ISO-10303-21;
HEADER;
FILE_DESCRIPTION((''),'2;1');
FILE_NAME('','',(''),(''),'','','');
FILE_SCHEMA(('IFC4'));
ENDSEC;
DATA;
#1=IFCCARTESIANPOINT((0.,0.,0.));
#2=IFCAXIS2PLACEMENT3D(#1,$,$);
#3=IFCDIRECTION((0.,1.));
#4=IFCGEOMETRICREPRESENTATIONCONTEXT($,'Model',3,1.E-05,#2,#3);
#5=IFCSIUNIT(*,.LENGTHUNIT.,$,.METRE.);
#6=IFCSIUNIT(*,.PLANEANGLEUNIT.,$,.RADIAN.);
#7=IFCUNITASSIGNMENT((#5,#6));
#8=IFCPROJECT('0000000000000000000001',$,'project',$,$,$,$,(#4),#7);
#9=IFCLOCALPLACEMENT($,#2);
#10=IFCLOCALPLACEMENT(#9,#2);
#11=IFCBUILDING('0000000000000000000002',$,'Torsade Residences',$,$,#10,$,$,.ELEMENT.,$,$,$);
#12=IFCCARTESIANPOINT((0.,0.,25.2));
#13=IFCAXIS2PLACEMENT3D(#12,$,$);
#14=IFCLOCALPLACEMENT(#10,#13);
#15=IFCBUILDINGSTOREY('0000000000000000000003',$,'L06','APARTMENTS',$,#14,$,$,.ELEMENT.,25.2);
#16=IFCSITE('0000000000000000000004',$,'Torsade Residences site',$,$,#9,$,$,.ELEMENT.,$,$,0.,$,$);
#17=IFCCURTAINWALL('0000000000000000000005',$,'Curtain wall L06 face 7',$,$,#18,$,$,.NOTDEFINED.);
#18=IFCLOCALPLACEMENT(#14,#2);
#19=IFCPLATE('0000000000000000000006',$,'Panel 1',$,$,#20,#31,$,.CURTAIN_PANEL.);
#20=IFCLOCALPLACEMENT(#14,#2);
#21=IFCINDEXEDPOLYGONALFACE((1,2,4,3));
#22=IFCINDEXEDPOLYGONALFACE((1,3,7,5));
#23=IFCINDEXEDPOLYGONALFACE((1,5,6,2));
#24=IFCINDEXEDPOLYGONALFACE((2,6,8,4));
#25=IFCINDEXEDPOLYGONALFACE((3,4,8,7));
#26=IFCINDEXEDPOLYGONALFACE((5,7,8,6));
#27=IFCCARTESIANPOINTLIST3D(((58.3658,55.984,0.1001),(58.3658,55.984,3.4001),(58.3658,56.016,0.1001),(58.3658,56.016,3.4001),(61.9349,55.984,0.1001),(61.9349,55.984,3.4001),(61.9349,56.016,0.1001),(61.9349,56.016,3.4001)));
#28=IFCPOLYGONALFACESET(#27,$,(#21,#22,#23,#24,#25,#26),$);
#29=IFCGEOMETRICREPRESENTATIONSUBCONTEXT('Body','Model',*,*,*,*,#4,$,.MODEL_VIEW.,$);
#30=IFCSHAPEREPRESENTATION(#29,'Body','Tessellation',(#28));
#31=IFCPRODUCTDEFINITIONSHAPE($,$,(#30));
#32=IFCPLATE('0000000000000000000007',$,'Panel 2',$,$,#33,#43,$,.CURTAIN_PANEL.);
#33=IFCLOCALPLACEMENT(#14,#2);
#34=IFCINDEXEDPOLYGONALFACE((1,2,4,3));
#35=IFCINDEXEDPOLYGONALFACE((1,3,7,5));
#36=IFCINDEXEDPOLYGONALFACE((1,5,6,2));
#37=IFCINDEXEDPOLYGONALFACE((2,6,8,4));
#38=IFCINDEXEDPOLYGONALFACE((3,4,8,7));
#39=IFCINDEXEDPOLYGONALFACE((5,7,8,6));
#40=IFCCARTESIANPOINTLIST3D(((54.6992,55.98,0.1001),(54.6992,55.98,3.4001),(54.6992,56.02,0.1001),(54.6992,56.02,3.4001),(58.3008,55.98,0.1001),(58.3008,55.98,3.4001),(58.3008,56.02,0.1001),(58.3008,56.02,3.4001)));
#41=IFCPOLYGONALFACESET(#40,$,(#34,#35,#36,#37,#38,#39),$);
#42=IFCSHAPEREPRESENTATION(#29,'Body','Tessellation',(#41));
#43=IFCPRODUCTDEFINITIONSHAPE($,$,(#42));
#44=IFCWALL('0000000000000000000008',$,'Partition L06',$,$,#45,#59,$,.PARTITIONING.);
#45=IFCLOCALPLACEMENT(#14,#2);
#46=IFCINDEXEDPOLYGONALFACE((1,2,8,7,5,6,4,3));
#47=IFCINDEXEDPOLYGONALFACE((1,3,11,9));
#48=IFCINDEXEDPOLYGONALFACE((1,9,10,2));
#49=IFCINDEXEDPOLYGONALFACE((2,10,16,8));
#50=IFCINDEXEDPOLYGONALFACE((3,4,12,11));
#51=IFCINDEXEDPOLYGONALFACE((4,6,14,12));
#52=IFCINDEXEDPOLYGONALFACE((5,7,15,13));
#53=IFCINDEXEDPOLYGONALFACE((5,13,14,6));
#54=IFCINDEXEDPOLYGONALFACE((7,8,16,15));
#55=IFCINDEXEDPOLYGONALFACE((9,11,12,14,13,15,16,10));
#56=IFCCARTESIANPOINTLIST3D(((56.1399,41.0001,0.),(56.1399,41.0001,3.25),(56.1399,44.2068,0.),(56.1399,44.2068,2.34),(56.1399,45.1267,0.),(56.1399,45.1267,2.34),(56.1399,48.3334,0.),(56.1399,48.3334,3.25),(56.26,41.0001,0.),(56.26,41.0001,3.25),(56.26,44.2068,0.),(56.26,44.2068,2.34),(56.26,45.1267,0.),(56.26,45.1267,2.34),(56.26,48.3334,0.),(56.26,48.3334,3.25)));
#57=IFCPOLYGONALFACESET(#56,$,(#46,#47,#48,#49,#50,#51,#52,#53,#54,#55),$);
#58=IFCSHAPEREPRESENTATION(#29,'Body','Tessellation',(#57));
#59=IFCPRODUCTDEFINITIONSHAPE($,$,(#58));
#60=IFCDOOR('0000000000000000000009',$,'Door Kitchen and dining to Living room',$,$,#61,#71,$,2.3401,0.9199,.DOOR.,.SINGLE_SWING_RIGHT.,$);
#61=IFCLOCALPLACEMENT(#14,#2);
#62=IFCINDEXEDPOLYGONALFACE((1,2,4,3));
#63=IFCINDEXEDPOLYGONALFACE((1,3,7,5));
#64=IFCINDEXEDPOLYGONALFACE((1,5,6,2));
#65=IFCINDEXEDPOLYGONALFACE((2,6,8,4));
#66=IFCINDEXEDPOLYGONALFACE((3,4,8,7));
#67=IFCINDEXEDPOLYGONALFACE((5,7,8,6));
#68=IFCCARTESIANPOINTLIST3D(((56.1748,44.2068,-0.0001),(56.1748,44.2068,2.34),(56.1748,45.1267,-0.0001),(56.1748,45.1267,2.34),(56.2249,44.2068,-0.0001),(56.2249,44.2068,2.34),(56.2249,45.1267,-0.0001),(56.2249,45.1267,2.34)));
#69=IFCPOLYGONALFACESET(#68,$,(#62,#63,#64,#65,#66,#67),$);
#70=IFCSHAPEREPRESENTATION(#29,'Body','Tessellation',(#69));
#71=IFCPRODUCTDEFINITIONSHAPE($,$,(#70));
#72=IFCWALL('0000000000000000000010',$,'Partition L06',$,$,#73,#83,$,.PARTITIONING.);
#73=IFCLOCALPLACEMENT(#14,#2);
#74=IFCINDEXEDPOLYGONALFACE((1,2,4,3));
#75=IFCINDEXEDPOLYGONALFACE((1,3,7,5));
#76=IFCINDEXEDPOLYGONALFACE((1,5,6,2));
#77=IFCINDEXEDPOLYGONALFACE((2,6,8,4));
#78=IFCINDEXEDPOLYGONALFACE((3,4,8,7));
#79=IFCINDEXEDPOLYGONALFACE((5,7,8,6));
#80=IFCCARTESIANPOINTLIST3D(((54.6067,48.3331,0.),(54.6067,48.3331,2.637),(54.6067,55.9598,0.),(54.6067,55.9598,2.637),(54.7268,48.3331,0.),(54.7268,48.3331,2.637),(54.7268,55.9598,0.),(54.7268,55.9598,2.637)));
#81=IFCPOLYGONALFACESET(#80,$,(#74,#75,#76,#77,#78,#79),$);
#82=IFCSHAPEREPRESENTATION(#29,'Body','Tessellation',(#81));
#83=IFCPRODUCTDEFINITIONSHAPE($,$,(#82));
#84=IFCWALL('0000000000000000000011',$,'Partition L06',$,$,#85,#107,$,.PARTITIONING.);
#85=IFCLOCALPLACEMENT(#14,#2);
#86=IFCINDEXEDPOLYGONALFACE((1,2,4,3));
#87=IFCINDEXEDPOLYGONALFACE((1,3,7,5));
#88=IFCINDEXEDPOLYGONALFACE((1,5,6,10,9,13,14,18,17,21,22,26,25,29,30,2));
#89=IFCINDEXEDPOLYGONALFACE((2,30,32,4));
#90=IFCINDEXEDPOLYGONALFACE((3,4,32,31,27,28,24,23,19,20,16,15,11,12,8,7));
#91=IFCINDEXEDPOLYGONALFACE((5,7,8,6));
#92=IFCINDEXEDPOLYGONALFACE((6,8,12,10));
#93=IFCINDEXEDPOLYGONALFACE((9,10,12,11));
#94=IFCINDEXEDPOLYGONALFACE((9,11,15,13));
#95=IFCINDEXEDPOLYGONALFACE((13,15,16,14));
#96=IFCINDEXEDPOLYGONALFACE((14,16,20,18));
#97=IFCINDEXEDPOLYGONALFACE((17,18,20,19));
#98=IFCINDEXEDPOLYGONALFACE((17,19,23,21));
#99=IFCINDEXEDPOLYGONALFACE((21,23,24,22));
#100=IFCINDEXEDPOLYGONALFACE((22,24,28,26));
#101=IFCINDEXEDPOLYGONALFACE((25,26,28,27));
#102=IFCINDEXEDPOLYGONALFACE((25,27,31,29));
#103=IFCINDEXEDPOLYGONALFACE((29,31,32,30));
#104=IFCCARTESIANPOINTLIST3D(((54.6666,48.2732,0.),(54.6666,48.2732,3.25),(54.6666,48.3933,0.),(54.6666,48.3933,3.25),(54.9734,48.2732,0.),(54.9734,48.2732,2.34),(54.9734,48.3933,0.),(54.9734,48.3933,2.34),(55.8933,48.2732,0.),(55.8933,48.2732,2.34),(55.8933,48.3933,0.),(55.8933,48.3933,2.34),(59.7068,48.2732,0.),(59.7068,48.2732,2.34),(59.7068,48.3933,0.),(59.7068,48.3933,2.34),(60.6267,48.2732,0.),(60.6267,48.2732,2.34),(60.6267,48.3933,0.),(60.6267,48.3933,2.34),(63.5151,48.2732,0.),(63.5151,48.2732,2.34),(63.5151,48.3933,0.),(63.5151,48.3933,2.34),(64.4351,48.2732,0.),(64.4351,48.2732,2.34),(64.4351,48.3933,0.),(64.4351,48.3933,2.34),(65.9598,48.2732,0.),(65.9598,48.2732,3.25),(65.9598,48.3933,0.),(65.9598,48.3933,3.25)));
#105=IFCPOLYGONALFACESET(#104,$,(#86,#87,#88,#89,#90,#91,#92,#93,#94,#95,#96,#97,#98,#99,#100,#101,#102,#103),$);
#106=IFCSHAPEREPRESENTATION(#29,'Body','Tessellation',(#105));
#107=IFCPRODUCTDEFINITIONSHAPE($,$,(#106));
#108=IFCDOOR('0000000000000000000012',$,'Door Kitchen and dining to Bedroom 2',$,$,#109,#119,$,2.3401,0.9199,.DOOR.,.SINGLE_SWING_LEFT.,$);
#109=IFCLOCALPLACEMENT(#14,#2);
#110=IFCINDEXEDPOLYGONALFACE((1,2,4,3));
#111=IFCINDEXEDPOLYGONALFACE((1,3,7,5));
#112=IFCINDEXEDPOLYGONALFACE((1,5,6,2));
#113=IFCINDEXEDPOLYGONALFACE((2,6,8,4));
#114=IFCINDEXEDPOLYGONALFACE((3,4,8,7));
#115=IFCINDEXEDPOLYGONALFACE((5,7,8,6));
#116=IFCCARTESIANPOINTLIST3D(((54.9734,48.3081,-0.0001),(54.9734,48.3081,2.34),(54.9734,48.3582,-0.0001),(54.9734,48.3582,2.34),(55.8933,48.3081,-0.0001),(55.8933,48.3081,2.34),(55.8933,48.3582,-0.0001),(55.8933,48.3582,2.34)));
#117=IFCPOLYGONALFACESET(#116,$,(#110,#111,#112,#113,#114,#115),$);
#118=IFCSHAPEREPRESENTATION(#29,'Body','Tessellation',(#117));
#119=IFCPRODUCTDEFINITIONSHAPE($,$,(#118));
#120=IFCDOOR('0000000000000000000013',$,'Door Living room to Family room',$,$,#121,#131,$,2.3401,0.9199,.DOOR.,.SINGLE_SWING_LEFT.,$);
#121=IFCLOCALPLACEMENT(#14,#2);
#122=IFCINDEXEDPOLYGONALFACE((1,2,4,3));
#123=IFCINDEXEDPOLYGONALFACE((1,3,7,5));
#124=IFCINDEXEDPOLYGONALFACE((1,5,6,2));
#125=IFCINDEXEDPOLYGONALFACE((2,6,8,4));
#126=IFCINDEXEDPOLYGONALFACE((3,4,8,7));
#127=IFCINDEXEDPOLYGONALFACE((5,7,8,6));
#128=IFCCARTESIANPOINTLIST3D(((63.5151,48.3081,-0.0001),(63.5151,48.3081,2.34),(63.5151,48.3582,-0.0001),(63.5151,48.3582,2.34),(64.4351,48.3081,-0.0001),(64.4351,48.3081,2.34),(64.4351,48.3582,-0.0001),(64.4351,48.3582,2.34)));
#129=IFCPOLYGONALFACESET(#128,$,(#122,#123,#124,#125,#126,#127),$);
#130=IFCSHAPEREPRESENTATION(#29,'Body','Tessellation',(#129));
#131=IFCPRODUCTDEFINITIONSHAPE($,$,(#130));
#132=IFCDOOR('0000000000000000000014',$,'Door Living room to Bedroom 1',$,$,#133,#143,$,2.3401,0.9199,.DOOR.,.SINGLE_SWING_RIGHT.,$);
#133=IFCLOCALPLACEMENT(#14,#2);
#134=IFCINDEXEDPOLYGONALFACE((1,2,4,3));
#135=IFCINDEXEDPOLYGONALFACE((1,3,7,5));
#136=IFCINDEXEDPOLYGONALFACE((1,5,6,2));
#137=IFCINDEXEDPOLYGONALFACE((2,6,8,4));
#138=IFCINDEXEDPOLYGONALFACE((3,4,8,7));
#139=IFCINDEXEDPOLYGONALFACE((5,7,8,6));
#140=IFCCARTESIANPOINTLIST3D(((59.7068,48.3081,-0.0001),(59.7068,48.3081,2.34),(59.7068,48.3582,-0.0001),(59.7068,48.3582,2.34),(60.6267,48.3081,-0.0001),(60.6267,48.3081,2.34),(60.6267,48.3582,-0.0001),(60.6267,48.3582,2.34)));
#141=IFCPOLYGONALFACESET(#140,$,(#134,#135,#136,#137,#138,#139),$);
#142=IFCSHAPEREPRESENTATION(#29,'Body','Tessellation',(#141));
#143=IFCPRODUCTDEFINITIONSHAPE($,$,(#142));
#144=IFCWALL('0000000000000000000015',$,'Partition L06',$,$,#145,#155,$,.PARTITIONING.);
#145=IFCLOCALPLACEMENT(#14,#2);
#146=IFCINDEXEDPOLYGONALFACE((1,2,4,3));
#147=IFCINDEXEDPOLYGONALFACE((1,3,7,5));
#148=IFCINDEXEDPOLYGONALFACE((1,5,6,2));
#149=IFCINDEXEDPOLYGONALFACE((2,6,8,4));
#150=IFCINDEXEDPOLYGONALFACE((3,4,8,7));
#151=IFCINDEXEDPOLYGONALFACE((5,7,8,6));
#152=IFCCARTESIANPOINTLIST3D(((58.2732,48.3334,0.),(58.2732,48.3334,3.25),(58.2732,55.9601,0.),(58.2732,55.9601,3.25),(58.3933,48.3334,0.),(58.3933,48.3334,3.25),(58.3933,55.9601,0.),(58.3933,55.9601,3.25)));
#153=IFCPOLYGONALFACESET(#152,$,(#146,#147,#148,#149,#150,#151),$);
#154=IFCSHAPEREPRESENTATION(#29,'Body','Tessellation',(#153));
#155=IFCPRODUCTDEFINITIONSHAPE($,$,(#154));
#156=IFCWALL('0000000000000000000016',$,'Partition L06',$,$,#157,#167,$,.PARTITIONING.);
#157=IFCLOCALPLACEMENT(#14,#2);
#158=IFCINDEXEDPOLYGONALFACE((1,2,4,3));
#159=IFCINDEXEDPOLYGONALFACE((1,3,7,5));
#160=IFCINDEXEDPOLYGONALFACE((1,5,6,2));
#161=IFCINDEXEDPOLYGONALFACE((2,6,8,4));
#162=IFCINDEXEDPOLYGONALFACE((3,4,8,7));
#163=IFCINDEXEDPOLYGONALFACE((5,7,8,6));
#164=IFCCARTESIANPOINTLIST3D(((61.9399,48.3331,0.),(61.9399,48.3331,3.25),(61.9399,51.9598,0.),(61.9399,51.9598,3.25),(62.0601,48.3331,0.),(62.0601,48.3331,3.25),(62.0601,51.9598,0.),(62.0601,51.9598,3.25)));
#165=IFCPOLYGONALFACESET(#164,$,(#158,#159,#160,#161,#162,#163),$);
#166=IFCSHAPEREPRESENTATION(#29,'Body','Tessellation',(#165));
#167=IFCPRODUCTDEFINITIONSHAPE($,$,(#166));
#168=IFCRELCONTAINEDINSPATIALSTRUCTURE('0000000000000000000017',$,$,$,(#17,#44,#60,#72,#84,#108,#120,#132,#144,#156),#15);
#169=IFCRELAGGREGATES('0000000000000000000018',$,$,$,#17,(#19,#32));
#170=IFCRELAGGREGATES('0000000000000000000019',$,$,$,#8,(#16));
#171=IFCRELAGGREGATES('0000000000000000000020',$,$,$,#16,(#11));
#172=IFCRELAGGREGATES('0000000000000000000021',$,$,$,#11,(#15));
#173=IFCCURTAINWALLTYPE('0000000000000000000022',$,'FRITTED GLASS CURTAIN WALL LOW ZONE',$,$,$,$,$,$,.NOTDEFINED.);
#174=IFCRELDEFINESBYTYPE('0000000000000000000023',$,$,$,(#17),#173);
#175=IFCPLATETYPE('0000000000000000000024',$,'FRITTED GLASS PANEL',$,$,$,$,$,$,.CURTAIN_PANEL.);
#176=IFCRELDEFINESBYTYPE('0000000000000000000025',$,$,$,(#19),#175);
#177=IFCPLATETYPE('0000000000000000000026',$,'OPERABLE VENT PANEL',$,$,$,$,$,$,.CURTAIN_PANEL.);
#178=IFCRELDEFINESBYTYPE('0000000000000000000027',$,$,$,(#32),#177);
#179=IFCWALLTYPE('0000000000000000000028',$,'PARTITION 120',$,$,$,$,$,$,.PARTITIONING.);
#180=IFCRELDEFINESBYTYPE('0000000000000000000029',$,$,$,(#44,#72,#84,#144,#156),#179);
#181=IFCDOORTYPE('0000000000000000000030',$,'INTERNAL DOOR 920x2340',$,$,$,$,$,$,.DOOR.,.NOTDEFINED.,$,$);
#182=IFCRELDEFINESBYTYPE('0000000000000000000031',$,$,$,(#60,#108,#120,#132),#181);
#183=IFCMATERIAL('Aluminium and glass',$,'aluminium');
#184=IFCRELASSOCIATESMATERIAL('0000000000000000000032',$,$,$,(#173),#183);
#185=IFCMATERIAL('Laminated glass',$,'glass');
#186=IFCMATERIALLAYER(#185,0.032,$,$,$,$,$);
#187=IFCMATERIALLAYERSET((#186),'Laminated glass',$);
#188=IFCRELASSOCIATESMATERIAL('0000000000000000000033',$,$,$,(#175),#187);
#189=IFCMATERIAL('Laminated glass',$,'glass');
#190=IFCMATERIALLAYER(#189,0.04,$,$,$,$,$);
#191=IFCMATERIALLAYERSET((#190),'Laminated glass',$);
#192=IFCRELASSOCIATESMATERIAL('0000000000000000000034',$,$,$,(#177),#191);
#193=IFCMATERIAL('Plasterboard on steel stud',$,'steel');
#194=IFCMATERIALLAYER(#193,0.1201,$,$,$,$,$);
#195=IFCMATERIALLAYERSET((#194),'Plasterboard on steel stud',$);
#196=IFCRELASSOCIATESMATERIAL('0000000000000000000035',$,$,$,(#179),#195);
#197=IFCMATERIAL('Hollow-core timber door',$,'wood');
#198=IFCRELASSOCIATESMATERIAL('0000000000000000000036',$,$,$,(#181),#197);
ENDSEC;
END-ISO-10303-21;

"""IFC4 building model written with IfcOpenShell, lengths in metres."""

from ifc_helpers import new_model, si_unit, direction, frame, frame_2d, origin, origin_2d, place, context, subcontext, project, spatial, rectangle, extrude, material, layer, layer_set, type_object, element, fill, aggregate, save


model = new_model("IFC4")

# Units and contexts
model_context = context("Model", 3, precision=1e-05, world=origin(), true_north=direction((0.0, 1.0)))
body_context = subcontext(model_context, "Body", "Model", "MODEL_VIEW")
ifc_project = project(units=[si_unit("LENGTHUNIT", "METRE"), si_unit("PLANEANGLEUNIT", "RADIAN")], contexts=[model_context])

# Site, building, storey
site_placement = place(None, origin())
site = spatial("IfcSite", under=ifc_project, at=site_placement, Name="Torsade Residences site", CompositionType="ELEMENT", RefElevation=0.0)
building_placement = place(site_placement, origin())
building = spatial("IfcBuilding", under=site, at=building_placement, Name="Torsade Residences", CompositionType="ELEMENT")
storey_placement = place(building_placement, frame((0.0, 0.0, 25.2)))
storey = spatial("IfcBuildingStorey", under=building, at=storey_placement, Name="L06", Description="APARTMENTS", CompositionType="ELEMENT", Elevation=25.2)

# Curtain wall
ifc_material_1 = material(Name="Aluminium and glass", Category="aluminium")
curtain_wall_type = type_object("IfcCurtainWallType", Name="FRITTED GLASS CURTAIN WALL LOW ZONE", PredefinedType="NOTDEFINED", material=ifc_material_1)
curtain_wall_placement = place(storey_placement, origin())
curtain_wall = element("IfcCurtainWall", 1, at=curtain_wall_placement, inside=storey, type_object=curtain_wall_type, Name="Curtain wall L06 face 7", PredefinedType="NOTDEFINED")

# Plates
ifc_material_2 = material(Name="Laminated glass", Category="glass")
ifc_layer_1 = layer(ifc_material_2, 0.032)
ifc_layer_set_1 = layer_set([ifc_layer_1], Name="Laminated glass")
plate_type_1 = type_object("IfcPlateType", Name="FRITTED GLASS PANEL", PredefinedType="CURTAIN_PANEL", material=ifc_layer_set_1)
plate_1_placement = place(storey_placement, frame((60.1504, 56.0, 0.1001), z_axis=(0.0, 0.0, 1.0), x_axis=(-1.0, 0.0, 0.0)))
plate_1 = element("IfcPlate", 2, at=plate_1_placement, type_object=plate_type_1, Name="Panel 1", PredefinedType="CURTAIN_PANEL", context=body_context, shape_type="SweptSolid", body=[
    extrude(rectangle(XDim=3.5691, YDim=0.032, at=origin_2d()), origin(), (0.0, 0.0, 1.0), 3.3),
])
ifc_material_3 = material(Name="Laminated glass", Category="glass")
ifc_layer_2 = layer(ifc_material_3, 0.04)
ifc_layer_set_2 = layer_set([ifc_layer_2], Name="Laminated glass")
plate_type_2 = type_object("IfcPlateType", Name="OPERABLE VENT PANEL", PredefinedType="CURTAIN_PANEL", material=ifc_layer_set_2)
plate_2_placement = place(storey_placement, frame((56.5, 56.0, 0.1001), z_axis=(0.0, 0.0, 1.0), x_axis=(-1.0, 0.0, 0.0)))
plate_2 = element("IfcPlate", 3, at=plate_2_placement, type_object=plate_type_2, Name="Panel 2", PredefinedType="CURTAIN_PANEL", context=body_context, shape_type="SweptSolid", body=[
    extrude(rectangle(XDim=3.6016, YDim=0.04, at=origin_2d()), origin(), (0.0, 0.0, 1.0), 3.3),
])
aggregate(curtain_wall, [plate_1, plate_2])

# Wall, opening, door
ifc_material_4 = material(Name="Plasterboard on steel stud", Category="steel")
ifc_layer_3 = layer(ifc_material_4, 0.1201)
ifc_layer_set_3 = layer_set([ifc_layer_3], Name="Plasterboard on steel stud")
wall_type = type_object("IfcWallType", Name="PARTITION 120", PredefinedType="PARTITIONING", material=ifc_layer_set_3)
wall_1_placement = place(storey_placement, frame((56.2, 48.3333, 0.0), z_axis=(0.0, 0.0, 1.0), x_axis=(0.0, -1.0, 0.0)))
wall_1 = element("IfcWall", 4, at=wall_1_placement, inside=storey, type_object=wall_type, Name="Partition L06", PredefinedType="PARTITIONING", context=body_context, shape_type="SweptSolid", body=[
    extrude(rectangle(XDim=7.3333, YDim=0.1201, at=frame_2d((3.6665, 0.0))), origin(), (0.0, 0.0, 1.0), 3.25),
])
opening_1_placement = place(wall_1_placement, frame((3.2065, 0.0, 0.0)))
opening_1 = element("IfcOpeningElement", 5, at=opening_1_placement, cuts=wall_1, PredefinedType="OPENING", context=body_context, shape_type="SweptSolid", body=[
    extrude(rectangle(XDim=0.9199, YDim=2.3401, at=frame_2d((0.46, 1.1699))), frame((0.0, 0.0701, 0.0), z_axis=(0.0, -1.0, 0.0), x_axis=(1.0, 0.0, 0.0)), (0.0, 0.0, 1.0), 0.1401),
])
ifc_material_5 = material(Name="Hollow-core timber door", Category="wood")
door_type = type_object("IfcDoorType", Name="INTERNAL DOOR 920x2340", OperationType="NOTDEFINED", PredefinedType="DOOR", material=ifc_material_5)
door_1_placement = place(opening_1_placement, origin())
door_1 = element("IfcDoor", 6, at=door_1_placement, inside=storey, type_object=door_type, Name="Door Kitchen and dining to Living room", OperationType="SINGLE_SWING_RIGHT", OverallHeight=2.3401, OverallWidth=0.9199, PredefinedType="DOOR", context=body_context, shape_type="SweptSolid", body=[
    extrude(rectangle(XDim=0.9199, YDim=2.3401, at=frame_2d((0.46, 1.1699))), frame((0.0, 0.0249, 0.0), z_axis=(0.0, -1.0, 0.0), x_axis=(1.0, 0.0, 0.0)), (0.0, 0.0, 1.0), 0.05),
])
fill(opening_1, door_1)

# Wall
wall_2_placement = place(storey_placement, frame((54.6667, 55.96, 0.0), z_axis=(0.0, 0.0, 1.0), x_axis=(0.0, -1.0, 0.0)))
element("IfcWall", 7, at=wall_2_placement, inside=storey, type_object=wall_type, Name="Partition L06", PredefinedType="PARTITIONING", context=body_context, shape_type="SweptSolid", body=[
    extrude(rectangle(XDim=7.6267, YDim=0.1201, at=frame_2d((3.8135, 0.0))), origin(), (0.0, 0.0, 1.0), 2.637),
])

# Wall, openings, doors
wall_3_placement = place(storey_placement, frame((54.6667, 48.3333, 0.0), z_axis=(0.0, 0.0, 1.0), x_axis=(1.0, 0.0, 0.0)))
wall_3 = element("IfcWall", 8, at=wall_3_placement, inside=storey, type_object=wall_type, Name="Partition L06", PredefinedType="PARTITIONING", context=body_context, shape_type="SweptSolid", body=[
    extrude(rectangle(XDim=11.2932, YDim=0.1201, at=frame_2d((5.6465, 0.0))), origin(), (0.0, 0.0, 1.0), 3.25),
])
opening_2_placement = place(wall_3_placement, frame((0.3066, 0.0, 0.0)))
opening_2 = element("IfcOpeningElement", 9, at=opening_2_placement, cuts=wall_3, PredefinedType="OPENING", context=body_context, shape_type="SweptSolid", body=[
    extrude(rectangle(XDim=0.9199, YDim=2.3401, at=frame_2d((0.46, 1.1699))), frame((0.0, 0.0701, 0.0), z_axis=(0.0, -1.0, 0.0), x_axis=(1.0, 0.0, 0.0)), (0.0, 0.0, 1.0), 0.1401),
])
opening_3_placement = place(wall_3_placement, frame((8.8484, 0.0, 0.0)))
opening_3 = element("IfcOpeningElement", 10, at=opening_3_placement, cuts=wall_3, PredefinedType="OPENING", context=body_context, shape_type="SweptSolid", body=[
    extrude(rectangle(XDim=0.9199, YDim=2.3401, at=frame_2d((0.46, 1.1699))), frame((0.0, 0.0701, 0.0), z_axis=(0.0, -1.0, 0.0), x_axis=(1.0, 0.0, 0.0)), (0.0, 0.0, 1.0), 0.1401),
])
opening_4_placement = place(wall_3_placement, frame((5.04, 0.0, 0.0)))
opening_4 = element("IfcOpeningElement", 11, at=opening_4_placement, cuts=wall_3, PredefinedType="OPENING", context=body_context, shape_type="SweptSolid", body=[
    extrude(rectangle(XDim=0.9199, YDim=2.3401, at=frame_2d((0.46, 1.1699))), frame((0.0, 0.0701, 0.0), z_axis=(0.0, -1.0, 0.0), x_axis=(1.0, 0.0, 0.0)), (0.0, 0.0, 1.0), 0.1401),
])
door_2_placement = place(opening_2_placement, origin())
door_2 = element("IfcDoor", 12, at=door_2_placement, inside=storey, type_object=door_type, Name="Door Kitchen and dining to Bedroom 2", OperationType="SINGLE_SWING_LEFT", OverallHeight=2.3401, OverallWidth=0.9199, PredefinedType="DOOR", context=body_context, shape_type="SweptSolid", body=[
    extrude(rectangle(XDim=0.9199, YDim=2.3401, at=frame_2d((0.46, 1.1699))), frame((0.0, 0.0249, 0.0), z_axis=(0.0, -1.0, 0.0), x_axis=(1.0, 0.0, 0.0)), (0.0, 0.0, 1.0), 0.05),
])
fill(opening_2, door_2)
door_3_placement = place(opening_3_placement, origin())
door_3 = element("IfcDoor", 13, at=door_3_placement, inside=storey, type_object=door_type, Name="Door Living room to Family room", OperationType="SINGLE_SWING_LEFT", OverallHeight=2.3401, OverallWidth=0.9199, PredefinedType="DOOR", context=body_context, shape_type="SweptSolid", body=[
    extrude(rectangle(XDim=0.9199, YDim=2.3401, at=frame_2d((0.46, 1.1699))), frame((0.0, 0.0249, 0.0), z_axis=(0.0, -1.0, 0.0), x_axis=(1.0, 0.0, 0.0)), (0.0, 0.0, 1.0), 0.05),
])
fill(opening_3, door_3)
door_4_placement = place(opening_4_placement, origin())
door_4 = element("IfcDoor", 14, at=door_4_placement, inside=storey, type_object=door_type, Name="Door Living room to Bedroom 1", OperationType="SINGLE_SWING_RIGHT", OverallHeight=2.3401, OverallWidth=0.9199, PredefinedType="DOOR", context=body_context, shape_type="SweptSolid", body=[
    extrude(rectangle(XDim=0.9199, YDim=2.3401, at=frame_2d((0.46, 1.1699))), frame((0.0, 0.0249, 0.0), z_axis=(0.0, -1.0, 0.0), x_axis=(1.0, 0.0, 0.0)), (0.0, 0.0, 1.0), 0.05),
])
fill(opening_4, door_4)

# Walls
wall_4_placement = place(storey_placement, frame((58.3333, 48.3333, 0.0), z_axis=(0.0, 0.0, 1.0), x_axis=(0.0, 1.0, 0.0)))
element("IfcWall", 15, at=wall_4_placement, inside=storey, type_object=wall_type, Name="Partition L06", PredefinedType="PARTITIONING", context=body_context, shape_type="SweptSolid", body=[
    extrude(rectangle(XDim=7.6267, YDim=0.1201, at=frame_2d((3.8135, 0.0))), origin(), (0.0, 0.0, 1.0), 3.25),
])
wall_5_placement = place(storey_placement, frame((62.0, 51.96, 0.0), z_axis=(0.0, 0.0, 1.0), x_axis=(0.0, -1.0, 0.0)))
element("IfcWall", 16, at=wall_5_placement, inside=storey, type_object=wall_type, Name="Partition L06", PredefinedType="PARTITIONING", context=body_context, shape_type="SweptSolid", body=[
    extrude(rectangle(XDim=3.6267, YDim=0.1201, at=frame_2d((1.8135, 0.0))), origin(), (0.0, 0.0, 1.0), 3.25),
])

save(model, "model.ifc")
